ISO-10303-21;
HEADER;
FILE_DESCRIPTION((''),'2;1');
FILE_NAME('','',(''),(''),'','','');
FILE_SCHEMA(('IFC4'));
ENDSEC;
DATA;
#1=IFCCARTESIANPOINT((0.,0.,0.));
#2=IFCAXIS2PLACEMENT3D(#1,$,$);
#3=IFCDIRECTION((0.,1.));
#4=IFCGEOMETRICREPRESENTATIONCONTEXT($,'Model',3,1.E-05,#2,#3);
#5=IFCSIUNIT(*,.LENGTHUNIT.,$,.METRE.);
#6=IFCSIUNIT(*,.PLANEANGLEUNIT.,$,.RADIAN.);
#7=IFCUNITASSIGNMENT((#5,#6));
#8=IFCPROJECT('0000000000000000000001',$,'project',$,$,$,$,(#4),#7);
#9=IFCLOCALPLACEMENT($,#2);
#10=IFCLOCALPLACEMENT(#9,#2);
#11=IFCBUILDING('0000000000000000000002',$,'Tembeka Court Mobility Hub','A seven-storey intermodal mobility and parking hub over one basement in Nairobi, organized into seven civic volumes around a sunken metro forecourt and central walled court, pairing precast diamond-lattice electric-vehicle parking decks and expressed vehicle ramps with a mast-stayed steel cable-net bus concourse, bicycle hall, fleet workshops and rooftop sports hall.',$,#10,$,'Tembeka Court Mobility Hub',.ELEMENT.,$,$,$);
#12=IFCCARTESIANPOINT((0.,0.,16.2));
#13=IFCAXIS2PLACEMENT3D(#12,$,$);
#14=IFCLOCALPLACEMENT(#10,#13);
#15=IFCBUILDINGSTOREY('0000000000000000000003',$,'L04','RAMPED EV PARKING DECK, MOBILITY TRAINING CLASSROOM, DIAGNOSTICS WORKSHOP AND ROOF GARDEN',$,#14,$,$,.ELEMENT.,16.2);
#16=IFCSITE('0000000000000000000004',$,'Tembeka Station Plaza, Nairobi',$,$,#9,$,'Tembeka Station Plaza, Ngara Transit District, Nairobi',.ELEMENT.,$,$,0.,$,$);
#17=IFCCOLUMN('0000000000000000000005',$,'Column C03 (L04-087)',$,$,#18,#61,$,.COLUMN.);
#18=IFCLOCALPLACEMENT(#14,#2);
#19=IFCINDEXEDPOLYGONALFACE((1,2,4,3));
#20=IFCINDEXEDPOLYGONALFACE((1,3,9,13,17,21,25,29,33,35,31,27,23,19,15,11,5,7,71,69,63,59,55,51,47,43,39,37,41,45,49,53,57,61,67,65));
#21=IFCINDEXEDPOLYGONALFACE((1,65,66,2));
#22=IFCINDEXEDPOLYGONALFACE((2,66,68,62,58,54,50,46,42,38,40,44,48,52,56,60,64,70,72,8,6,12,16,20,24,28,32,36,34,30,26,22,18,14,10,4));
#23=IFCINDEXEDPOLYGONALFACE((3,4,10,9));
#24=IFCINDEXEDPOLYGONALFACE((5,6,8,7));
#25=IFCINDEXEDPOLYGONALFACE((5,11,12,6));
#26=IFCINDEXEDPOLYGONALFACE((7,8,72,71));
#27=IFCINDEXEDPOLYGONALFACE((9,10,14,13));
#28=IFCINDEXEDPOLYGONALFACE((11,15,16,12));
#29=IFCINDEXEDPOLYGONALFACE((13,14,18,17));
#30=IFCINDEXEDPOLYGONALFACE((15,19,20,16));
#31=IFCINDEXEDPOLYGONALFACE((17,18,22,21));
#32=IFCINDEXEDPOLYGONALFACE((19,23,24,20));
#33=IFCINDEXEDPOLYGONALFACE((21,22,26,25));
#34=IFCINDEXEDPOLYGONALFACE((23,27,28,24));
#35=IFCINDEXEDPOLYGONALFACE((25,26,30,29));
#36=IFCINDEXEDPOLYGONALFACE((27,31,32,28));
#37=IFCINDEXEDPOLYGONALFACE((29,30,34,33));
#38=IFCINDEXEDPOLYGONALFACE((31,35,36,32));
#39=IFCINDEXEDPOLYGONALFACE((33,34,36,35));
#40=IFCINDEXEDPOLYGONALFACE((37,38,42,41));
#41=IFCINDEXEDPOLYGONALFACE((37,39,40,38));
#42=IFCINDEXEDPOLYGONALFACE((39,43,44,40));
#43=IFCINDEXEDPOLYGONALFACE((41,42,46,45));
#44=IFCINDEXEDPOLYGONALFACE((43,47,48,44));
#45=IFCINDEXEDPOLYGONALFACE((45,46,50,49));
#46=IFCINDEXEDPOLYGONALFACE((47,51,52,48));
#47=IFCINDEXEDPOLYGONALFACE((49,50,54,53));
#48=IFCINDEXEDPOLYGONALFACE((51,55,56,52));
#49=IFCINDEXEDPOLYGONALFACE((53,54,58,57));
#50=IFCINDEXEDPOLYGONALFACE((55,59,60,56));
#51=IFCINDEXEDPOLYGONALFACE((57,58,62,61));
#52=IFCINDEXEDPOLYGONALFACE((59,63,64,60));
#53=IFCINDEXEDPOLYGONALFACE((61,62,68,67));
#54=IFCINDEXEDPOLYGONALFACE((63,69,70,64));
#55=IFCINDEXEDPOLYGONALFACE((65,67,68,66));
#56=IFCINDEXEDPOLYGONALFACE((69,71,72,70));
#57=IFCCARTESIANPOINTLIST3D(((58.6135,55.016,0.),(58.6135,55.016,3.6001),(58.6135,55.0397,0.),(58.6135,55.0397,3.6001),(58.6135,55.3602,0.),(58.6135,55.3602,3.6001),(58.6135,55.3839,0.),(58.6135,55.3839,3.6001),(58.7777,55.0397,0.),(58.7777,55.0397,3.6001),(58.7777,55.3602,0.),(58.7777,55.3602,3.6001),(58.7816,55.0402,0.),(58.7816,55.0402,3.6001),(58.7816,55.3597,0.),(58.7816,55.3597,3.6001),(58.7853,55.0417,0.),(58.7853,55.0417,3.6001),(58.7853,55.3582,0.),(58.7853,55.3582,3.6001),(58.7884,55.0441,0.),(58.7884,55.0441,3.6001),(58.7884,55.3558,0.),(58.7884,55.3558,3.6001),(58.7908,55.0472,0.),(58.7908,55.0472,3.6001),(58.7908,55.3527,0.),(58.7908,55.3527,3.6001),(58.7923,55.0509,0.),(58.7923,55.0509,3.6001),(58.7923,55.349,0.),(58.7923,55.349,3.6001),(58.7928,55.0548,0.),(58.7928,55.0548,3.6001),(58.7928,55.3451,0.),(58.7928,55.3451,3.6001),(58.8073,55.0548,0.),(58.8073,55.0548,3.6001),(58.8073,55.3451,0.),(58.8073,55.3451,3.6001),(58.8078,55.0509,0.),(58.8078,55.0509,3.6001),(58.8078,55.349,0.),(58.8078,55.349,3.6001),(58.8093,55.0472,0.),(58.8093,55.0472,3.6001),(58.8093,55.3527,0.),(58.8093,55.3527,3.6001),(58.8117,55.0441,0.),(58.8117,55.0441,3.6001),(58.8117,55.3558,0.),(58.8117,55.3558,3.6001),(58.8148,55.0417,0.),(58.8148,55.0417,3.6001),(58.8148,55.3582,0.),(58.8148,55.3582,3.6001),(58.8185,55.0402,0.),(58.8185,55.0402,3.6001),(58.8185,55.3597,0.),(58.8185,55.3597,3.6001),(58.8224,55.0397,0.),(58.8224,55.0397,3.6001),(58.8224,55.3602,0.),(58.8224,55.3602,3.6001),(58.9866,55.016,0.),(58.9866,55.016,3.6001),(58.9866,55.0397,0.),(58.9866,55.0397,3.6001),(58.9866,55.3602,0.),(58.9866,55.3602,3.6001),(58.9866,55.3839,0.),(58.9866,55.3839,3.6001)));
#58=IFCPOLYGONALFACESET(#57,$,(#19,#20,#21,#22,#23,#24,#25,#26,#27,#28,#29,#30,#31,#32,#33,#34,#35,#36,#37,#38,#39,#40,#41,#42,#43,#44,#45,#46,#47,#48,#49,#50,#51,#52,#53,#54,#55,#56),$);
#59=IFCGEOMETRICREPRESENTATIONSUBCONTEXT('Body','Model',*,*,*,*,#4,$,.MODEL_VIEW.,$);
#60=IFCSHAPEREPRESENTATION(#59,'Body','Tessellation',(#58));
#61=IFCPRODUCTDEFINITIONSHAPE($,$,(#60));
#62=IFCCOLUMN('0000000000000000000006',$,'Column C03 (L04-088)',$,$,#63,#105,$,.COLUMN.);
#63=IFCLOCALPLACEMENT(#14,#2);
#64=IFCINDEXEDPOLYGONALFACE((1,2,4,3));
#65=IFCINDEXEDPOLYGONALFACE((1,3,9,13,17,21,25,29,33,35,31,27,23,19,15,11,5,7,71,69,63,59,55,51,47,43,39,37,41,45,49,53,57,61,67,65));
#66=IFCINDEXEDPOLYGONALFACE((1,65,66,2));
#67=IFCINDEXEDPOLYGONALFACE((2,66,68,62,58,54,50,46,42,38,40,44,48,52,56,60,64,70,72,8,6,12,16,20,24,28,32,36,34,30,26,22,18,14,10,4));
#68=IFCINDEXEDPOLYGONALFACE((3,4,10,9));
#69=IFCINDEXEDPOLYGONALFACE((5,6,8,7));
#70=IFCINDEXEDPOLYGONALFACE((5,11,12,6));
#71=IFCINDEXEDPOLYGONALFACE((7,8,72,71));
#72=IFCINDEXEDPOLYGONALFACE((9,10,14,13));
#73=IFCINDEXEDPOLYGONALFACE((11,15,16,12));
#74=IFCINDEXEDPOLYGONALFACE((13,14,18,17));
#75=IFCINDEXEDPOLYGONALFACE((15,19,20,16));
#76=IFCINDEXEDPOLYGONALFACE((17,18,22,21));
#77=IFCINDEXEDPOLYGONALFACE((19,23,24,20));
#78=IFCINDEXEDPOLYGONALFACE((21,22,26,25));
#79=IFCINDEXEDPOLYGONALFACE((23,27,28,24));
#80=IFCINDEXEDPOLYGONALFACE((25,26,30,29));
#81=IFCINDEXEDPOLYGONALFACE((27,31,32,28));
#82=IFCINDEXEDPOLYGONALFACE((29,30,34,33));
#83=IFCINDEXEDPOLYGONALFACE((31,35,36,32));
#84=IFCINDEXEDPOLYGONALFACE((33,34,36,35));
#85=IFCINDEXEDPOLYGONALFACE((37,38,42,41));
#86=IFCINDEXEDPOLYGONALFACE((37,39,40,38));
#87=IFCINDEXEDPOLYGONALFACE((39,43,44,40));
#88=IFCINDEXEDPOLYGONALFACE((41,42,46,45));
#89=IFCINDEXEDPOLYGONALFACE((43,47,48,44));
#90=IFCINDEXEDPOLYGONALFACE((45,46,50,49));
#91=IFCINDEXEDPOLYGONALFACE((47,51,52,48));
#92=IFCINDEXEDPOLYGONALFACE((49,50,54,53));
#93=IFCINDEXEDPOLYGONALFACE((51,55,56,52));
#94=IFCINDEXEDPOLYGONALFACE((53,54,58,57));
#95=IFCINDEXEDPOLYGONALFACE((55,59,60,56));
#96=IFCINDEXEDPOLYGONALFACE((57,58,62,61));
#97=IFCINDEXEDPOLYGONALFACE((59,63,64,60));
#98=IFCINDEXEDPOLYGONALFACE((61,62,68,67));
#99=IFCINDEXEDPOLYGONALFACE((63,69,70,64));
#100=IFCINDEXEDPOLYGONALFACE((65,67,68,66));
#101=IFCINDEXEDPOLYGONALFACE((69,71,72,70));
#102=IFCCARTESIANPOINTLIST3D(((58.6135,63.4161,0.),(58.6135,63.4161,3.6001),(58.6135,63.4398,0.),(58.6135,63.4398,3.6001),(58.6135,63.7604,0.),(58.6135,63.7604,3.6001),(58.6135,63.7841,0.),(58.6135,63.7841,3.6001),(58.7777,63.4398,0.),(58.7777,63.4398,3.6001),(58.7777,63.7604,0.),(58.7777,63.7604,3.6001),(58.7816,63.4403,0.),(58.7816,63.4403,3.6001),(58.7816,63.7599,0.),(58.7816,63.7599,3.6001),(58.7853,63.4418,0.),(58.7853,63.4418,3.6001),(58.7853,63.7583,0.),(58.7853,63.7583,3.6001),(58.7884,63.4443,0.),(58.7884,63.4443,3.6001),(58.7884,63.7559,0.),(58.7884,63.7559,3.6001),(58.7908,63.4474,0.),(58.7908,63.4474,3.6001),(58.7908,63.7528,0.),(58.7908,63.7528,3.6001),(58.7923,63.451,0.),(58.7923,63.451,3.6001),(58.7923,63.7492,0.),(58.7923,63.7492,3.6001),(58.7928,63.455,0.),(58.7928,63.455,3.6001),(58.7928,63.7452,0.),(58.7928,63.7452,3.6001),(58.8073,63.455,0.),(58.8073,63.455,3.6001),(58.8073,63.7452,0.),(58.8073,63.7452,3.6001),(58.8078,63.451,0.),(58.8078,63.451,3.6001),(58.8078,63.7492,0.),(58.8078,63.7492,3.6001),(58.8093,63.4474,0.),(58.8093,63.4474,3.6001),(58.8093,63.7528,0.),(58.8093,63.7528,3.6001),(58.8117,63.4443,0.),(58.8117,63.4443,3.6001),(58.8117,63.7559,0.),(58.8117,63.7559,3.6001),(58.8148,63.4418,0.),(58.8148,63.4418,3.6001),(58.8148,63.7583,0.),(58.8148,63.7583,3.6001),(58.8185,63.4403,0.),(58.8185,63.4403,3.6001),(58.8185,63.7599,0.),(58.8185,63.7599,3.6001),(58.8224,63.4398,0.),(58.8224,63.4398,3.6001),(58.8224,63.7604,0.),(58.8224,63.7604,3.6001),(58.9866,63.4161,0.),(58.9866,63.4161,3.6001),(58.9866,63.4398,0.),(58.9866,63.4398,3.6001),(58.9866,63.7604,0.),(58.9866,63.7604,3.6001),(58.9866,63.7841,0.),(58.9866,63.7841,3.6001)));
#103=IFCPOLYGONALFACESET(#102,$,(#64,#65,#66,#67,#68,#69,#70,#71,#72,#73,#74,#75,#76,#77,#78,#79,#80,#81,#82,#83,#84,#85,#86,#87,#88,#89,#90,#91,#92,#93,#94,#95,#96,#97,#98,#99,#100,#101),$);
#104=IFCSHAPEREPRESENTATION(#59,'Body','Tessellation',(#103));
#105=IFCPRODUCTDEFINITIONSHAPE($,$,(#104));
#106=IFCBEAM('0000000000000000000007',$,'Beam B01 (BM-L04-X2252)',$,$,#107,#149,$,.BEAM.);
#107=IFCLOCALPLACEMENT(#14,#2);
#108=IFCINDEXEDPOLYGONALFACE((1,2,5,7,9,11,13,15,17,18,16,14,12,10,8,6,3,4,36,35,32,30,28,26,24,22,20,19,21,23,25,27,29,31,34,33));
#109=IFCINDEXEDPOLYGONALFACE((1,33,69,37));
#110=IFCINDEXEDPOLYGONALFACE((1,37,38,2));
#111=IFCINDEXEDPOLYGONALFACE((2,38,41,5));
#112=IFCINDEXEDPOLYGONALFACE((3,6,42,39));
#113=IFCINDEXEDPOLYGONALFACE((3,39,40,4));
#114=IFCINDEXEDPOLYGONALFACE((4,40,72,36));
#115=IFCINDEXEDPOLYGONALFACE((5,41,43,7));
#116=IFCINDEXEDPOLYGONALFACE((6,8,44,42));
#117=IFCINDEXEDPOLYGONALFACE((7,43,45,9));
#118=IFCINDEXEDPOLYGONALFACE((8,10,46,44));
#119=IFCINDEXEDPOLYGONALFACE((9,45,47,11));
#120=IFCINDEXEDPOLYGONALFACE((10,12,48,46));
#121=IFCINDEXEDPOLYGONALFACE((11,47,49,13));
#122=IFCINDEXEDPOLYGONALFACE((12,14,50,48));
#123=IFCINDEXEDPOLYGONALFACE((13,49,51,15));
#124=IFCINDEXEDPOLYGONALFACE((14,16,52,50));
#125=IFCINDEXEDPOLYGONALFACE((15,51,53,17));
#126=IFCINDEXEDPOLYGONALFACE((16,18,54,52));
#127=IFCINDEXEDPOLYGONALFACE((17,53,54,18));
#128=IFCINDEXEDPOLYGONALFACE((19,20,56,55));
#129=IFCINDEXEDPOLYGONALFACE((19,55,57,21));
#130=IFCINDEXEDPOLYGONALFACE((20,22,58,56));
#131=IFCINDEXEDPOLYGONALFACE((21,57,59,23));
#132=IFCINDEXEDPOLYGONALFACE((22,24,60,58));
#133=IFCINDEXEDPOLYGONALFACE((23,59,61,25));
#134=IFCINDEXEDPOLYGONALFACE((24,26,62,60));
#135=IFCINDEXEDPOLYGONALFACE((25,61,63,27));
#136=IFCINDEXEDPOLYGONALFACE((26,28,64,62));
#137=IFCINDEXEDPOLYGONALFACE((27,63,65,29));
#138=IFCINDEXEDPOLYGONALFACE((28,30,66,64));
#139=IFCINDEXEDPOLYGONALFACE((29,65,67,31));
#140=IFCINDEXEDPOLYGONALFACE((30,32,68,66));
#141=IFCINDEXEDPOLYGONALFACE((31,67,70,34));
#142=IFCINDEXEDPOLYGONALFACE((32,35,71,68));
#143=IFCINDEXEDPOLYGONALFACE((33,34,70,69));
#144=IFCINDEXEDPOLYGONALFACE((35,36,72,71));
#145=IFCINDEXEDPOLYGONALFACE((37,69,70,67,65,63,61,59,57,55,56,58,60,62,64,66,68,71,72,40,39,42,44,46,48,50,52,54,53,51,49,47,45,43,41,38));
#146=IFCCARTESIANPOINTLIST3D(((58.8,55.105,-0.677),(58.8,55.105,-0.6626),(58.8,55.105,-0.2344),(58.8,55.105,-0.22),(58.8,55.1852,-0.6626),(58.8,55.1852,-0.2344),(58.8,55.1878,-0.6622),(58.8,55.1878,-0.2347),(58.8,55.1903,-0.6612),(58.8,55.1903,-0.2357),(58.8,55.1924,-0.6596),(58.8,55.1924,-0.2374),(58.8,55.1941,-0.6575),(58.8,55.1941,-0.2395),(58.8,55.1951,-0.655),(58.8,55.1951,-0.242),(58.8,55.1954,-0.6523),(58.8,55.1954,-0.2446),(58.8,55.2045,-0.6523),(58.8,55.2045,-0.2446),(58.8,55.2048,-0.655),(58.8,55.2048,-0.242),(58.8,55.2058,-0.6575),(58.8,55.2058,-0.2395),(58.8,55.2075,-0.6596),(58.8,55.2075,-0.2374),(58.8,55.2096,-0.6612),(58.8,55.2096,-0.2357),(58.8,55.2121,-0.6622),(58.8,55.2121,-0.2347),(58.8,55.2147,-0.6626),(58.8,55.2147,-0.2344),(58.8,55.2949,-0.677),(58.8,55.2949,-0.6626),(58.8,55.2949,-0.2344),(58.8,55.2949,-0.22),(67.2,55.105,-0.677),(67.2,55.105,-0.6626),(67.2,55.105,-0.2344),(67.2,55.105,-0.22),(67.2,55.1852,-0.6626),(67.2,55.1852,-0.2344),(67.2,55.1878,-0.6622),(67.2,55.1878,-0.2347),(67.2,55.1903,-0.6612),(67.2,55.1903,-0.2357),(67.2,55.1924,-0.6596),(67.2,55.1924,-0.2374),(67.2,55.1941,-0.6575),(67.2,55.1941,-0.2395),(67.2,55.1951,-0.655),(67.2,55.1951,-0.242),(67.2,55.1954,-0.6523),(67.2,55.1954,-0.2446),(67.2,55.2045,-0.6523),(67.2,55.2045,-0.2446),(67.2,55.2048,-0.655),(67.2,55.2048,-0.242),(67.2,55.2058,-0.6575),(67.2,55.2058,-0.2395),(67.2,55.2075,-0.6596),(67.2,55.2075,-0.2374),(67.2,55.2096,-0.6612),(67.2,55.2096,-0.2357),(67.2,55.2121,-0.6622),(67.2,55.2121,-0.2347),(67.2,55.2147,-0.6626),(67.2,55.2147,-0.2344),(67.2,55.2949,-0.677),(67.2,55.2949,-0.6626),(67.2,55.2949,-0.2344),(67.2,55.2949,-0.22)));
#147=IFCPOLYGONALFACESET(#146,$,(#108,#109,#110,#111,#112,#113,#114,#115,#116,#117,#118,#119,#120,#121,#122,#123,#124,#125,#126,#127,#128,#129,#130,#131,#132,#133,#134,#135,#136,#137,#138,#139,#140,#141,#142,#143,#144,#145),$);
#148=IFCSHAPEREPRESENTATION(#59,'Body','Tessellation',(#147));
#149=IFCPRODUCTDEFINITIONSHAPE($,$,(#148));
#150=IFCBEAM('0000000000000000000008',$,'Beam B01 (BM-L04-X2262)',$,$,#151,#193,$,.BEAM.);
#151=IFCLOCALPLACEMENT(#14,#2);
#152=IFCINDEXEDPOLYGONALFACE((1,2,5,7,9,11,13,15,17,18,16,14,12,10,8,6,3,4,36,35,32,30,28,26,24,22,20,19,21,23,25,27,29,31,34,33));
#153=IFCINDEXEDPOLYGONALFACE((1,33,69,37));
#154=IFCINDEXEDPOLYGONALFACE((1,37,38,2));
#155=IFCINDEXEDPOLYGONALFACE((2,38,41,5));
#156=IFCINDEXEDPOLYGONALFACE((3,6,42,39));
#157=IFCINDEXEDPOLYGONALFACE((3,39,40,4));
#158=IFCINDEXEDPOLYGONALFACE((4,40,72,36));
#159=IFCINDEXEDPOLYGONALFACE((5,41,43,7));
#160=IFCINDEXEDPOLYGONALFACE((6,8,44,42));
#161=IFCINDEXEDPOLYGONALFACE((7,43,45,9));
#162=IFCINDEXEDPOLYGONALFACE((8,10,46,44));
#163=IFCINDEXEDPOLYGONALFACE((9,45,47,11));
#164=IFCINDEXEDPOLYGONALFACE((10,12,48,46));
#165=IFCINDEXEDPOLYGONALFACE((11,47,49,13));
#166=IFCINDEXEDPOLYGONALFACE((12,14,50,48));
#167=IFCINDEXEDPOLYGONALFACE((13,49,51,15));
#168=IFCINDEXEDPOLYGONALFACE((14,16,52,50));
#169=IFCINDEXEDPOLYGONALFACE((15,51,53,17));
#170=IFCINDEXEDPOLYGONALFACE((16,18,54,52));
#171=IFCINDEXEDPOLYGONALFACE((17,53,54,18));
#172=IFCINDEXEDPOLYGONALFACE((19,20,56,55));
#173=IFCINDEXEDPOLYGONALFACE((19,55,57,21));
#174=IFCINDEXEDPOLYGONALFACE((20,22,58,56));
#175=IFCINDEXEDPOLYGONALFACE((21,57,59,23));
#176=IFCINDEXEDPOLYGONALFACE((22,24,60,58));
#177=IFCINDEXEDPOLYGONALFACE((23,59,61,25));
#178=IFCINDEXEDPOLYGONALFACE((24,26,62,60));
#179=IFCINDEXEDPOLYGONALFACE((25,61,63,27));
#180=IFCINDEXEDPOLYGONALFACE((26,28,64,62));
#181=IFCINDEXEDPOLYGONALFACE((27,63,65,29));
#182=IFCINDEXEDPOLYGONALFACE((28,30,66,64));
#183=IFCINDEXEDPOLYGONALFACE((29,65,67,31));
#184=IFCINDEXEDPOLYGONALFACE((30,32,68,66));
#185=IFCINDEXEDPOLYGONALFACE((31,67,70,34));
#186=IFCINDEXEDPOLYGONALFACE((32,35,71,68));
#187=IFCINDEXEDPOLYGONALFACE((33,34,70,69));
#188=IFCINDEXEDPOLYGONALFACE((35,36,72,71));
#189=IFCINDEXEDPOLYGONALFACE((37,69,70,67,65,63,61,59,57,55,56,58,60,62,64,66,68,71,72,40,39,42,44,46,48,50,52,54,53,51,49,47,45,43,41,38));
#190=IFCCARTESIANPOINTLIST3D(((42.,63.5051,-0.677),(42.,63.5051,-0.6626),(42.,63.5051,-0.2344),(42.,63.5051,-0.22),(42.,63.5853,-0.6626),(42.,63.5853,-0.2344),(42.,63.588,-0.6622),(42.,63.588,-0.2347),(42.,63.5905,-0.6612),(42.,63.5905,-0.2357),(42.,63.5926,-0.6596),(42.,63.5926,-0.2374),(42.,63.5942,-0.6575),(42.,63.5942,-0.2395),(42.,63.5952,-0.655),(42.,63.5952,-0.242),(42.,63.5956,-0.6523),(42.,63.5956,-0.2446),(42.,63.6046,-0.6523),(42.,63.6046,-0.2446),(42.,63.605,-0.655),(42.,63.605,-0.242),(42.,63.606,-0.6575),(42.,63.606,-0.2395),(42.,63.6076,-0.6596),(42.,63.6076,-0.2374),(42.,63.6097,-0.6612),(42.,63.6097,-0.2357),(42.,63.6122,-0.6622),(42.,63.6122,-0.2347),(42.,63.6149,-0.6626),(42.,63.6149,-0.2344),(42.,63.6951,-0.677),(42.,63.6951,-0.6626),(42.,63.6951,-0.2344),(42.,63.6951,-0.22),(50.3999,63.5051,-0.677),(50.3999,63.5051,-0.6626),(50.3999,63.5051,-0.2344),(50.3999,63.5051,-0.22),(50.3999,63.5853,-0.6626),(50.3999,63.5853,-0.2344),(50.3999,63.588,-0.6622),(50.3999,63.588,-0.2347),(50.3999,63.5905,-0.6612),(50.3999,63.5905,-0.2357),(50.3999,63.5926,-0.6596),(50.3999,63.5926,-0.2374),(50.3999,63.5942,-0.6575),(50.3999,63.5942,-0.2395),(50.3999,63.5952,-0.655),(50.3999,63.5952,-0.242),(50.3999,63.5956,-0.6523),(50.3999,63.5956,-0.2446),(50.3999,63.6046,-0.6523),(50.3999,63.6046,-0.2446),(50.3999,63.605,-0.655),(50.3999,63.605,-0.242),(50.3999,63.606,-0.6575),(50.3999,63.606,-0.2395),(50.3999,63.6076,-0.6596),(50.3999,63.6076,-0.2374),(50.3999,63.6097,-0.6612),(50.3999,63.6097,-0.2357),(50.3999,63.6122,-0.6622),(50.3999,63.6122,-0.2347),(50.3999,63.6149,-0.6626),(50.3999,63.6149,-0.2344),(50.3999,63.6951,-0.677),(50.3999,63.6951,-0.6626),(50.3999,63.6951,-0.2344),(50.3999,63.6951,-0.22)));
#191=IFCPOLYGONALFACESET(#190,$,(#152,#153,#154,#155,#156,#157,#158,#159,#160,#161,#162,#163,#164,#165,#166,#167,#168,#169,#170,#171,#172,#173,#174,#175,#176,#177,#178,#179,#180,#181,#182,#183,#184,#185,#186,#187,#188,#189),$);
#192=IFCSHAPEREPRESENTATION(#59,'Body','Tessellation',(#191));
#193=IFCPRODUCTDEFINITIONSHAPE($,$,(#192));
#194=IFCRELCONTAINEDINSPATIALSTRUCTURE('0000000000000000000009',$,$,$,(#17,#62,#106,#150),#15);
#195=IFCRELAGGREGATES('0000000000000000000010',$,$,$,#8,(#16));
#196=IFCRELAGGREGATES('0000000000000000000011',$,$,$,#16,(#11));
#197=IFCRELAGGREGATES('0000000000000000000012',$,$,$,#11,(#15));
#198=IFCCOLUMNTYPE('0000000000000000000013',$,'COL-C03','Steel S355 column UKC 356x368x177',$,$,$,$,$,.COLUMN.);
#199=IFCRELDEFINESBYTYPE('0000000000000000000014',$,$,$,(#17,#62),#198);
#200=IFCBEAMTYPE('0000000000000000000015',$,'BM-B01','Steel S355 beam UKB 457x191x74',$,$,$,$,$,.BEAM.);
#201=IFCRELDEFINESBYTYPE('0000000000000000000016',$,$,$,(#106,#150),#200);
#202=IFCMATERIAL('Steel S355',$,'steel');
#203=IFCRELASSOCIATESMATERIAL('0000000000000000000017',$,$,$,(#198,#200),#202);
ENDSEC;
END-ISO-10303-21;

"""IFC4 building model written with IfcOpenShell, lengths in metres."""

from ifc_helpers import new_model, si_unit, direction, frame, origin, origin_2d, place, context, subcontext, project, spatial, i_section, extrude, material, material_profile, profile_set, type_object, element, save


model = new_model("IFC4")

# Units and contexts
model_context = context("Model", 3, precision=1e-05, world=origin(), true_north=direction((0.0, 1.0)))
body_context = subcontext(model_context, "Body", "Model", "MODEL_VIEW")
ifc_project = project(units=[si_unit("LENGTHUNIT", "METRE"), si_unit("PLANEANGLEUNIT", "RADIAN")], contexts=[model_context])

# Site, building, storey
site_placement = place(None, origin())
site = spatial("IfcSite", under=ifc_project, at=site_placement, Name="Tembeka Station Plaza, Nairobi", LongName="Tembeka Station Plaza, Ngara Transit District, Nairobi", CompositionType="ELEMENT", RefElevation=0.0)
building_placement = place(site_placement, origin())
building = spatial("IfcBuilding", under=site, at=building_placement, Name="Tembeka Court Mobility Hub", Description="A seven-storey intermodal mobility and parking hub over one basement in Nairobi, organized into seven civic volumes around a sunken metro forecourt and central walled court, pairing precast diamond-lattice electric-vehicle parking decks and expressed vehicle ramps with a mast-stayed steel cable-net bus concourse, bicycle hall, fleet workshops and rooftop sports hall.", LongName="Tembeka Court Mobility Hub", CompositionType="ELEMENT")
storey_placement = place(building_placement, frame((0.0, 0.0, 16.2)))
storey = spatial("IfcBuildingStorey", under=building, at=storey_placement, Name="L04", Description="RAMPED EV PARKING DECK, MOBILITY TRAINING CLASSROOM, DIAGNOSTICS WORKSHOP AND ROOF GARDEN", CompositionType="ELEMENT", Elevation=16.2)

# Columns
ifc_material_1 = material(Name="Steel S355", Category="steel")
ifc_material_profile_1 = material_profile(ifc_material_1, i_section(OverallWidth=0.373, OverallDepth=0.3679, WebThickness=0.0144, FlangeThickness=0.0237, FilletRadius=0.0151, at=origin_2d()), Name="UKC 356x368x177")
ifc_profile_set_1 = profile_set([ifc_material_profile_1], Name="Steel S355")
column_type = type_object("IfcColumnType", Name="COL-C03", Description="Steel S355 column UKC 356x368x177", PredefinedType="COLUMN", material=ifc_profile_set_1)
for number, where, z_axis, x_axis, name in (
    (1, (58.8, 55.2, 0.0), (0.0, 0.0, 1.0), (1.0, 0.0, 0.0), "Column C03 (L04-087)"),
    (2, (58.8, 63.6001, 0.0), (0.0, 0.0, 1.0), (1.0, 0.0, 0.0), "Column C03 (L04-088)"),
):
    element("IfcColumn", number, at=place(storey_placement, frame(where, z_axis=z_axis, x_axis=x_axis)), inside=storey, type_object=column_type, Name=name, PredefinedType="COLUMN", context=body_context, shape_type="SweptSolid", body=[
        extrude(i_section(OverallWidth=0.373, OverallDepth=0.3679, WebThickness=0.0144, FlangeThickness=0.0237, FilletRadius=0.0151, at=origin_2d()), origin(), (0.0, 0.0, 1.0), 3.6001),
    ])

# Beams
ifc_material_profile_2 = material_profile(ifc_material_1, i_section(OverallWidth=0.1899, OverallDepth=0.457, WebThickness=0.009, FlangeThickness=0.0144, FilletRadius=0.0103, at=origin_2d()), Name="UKB 457x191x74")
ifc_profile_set_2 = profile_set([ifc_material_profile_2], Name="Steel S355")
beam_type_1 = type_object("IfcBeamType", Name="BM-B01", Description="Steel S355 beam UKB 457x191x74", PredefinedType="BEAM", material=ifc_profile_set_2)
for number, where, z_axis, x_axis, name in (
    (3, (58.8, 55.2, -0.4485), (1.0, 0.0, 0.0), (0.0, 1.0, 0.0), "Beam B01 (BM-L04-X2252)"),
    (4, (42.0, 63.6001, -0.4485), (1.0, 0.0, 0.0), (0.0, 1.0, 0.0), "Beam B01 (BM-L04-X2262)"),
):
    element("IfcBeam", number, at=place(storey_placement, frame(where, z_axis=z_axis, x_axis=x_axis)), inside=storey, type_object=beam_type_1, Name=name, PredefinedType="BEAM", context=body_context, shape_type="SweptSolid", body=[
        extrude(i_section(OverallWidth=0.1899, OverallDepth=0.457, WebThickness=0.009, FlangeThickness=0.0144, FilletRadius=0.0103, at=origin_2d()), origin(), (0.0, 0.0, 1.0), 8.3999),
    ])

save(model, "model.ifc")
